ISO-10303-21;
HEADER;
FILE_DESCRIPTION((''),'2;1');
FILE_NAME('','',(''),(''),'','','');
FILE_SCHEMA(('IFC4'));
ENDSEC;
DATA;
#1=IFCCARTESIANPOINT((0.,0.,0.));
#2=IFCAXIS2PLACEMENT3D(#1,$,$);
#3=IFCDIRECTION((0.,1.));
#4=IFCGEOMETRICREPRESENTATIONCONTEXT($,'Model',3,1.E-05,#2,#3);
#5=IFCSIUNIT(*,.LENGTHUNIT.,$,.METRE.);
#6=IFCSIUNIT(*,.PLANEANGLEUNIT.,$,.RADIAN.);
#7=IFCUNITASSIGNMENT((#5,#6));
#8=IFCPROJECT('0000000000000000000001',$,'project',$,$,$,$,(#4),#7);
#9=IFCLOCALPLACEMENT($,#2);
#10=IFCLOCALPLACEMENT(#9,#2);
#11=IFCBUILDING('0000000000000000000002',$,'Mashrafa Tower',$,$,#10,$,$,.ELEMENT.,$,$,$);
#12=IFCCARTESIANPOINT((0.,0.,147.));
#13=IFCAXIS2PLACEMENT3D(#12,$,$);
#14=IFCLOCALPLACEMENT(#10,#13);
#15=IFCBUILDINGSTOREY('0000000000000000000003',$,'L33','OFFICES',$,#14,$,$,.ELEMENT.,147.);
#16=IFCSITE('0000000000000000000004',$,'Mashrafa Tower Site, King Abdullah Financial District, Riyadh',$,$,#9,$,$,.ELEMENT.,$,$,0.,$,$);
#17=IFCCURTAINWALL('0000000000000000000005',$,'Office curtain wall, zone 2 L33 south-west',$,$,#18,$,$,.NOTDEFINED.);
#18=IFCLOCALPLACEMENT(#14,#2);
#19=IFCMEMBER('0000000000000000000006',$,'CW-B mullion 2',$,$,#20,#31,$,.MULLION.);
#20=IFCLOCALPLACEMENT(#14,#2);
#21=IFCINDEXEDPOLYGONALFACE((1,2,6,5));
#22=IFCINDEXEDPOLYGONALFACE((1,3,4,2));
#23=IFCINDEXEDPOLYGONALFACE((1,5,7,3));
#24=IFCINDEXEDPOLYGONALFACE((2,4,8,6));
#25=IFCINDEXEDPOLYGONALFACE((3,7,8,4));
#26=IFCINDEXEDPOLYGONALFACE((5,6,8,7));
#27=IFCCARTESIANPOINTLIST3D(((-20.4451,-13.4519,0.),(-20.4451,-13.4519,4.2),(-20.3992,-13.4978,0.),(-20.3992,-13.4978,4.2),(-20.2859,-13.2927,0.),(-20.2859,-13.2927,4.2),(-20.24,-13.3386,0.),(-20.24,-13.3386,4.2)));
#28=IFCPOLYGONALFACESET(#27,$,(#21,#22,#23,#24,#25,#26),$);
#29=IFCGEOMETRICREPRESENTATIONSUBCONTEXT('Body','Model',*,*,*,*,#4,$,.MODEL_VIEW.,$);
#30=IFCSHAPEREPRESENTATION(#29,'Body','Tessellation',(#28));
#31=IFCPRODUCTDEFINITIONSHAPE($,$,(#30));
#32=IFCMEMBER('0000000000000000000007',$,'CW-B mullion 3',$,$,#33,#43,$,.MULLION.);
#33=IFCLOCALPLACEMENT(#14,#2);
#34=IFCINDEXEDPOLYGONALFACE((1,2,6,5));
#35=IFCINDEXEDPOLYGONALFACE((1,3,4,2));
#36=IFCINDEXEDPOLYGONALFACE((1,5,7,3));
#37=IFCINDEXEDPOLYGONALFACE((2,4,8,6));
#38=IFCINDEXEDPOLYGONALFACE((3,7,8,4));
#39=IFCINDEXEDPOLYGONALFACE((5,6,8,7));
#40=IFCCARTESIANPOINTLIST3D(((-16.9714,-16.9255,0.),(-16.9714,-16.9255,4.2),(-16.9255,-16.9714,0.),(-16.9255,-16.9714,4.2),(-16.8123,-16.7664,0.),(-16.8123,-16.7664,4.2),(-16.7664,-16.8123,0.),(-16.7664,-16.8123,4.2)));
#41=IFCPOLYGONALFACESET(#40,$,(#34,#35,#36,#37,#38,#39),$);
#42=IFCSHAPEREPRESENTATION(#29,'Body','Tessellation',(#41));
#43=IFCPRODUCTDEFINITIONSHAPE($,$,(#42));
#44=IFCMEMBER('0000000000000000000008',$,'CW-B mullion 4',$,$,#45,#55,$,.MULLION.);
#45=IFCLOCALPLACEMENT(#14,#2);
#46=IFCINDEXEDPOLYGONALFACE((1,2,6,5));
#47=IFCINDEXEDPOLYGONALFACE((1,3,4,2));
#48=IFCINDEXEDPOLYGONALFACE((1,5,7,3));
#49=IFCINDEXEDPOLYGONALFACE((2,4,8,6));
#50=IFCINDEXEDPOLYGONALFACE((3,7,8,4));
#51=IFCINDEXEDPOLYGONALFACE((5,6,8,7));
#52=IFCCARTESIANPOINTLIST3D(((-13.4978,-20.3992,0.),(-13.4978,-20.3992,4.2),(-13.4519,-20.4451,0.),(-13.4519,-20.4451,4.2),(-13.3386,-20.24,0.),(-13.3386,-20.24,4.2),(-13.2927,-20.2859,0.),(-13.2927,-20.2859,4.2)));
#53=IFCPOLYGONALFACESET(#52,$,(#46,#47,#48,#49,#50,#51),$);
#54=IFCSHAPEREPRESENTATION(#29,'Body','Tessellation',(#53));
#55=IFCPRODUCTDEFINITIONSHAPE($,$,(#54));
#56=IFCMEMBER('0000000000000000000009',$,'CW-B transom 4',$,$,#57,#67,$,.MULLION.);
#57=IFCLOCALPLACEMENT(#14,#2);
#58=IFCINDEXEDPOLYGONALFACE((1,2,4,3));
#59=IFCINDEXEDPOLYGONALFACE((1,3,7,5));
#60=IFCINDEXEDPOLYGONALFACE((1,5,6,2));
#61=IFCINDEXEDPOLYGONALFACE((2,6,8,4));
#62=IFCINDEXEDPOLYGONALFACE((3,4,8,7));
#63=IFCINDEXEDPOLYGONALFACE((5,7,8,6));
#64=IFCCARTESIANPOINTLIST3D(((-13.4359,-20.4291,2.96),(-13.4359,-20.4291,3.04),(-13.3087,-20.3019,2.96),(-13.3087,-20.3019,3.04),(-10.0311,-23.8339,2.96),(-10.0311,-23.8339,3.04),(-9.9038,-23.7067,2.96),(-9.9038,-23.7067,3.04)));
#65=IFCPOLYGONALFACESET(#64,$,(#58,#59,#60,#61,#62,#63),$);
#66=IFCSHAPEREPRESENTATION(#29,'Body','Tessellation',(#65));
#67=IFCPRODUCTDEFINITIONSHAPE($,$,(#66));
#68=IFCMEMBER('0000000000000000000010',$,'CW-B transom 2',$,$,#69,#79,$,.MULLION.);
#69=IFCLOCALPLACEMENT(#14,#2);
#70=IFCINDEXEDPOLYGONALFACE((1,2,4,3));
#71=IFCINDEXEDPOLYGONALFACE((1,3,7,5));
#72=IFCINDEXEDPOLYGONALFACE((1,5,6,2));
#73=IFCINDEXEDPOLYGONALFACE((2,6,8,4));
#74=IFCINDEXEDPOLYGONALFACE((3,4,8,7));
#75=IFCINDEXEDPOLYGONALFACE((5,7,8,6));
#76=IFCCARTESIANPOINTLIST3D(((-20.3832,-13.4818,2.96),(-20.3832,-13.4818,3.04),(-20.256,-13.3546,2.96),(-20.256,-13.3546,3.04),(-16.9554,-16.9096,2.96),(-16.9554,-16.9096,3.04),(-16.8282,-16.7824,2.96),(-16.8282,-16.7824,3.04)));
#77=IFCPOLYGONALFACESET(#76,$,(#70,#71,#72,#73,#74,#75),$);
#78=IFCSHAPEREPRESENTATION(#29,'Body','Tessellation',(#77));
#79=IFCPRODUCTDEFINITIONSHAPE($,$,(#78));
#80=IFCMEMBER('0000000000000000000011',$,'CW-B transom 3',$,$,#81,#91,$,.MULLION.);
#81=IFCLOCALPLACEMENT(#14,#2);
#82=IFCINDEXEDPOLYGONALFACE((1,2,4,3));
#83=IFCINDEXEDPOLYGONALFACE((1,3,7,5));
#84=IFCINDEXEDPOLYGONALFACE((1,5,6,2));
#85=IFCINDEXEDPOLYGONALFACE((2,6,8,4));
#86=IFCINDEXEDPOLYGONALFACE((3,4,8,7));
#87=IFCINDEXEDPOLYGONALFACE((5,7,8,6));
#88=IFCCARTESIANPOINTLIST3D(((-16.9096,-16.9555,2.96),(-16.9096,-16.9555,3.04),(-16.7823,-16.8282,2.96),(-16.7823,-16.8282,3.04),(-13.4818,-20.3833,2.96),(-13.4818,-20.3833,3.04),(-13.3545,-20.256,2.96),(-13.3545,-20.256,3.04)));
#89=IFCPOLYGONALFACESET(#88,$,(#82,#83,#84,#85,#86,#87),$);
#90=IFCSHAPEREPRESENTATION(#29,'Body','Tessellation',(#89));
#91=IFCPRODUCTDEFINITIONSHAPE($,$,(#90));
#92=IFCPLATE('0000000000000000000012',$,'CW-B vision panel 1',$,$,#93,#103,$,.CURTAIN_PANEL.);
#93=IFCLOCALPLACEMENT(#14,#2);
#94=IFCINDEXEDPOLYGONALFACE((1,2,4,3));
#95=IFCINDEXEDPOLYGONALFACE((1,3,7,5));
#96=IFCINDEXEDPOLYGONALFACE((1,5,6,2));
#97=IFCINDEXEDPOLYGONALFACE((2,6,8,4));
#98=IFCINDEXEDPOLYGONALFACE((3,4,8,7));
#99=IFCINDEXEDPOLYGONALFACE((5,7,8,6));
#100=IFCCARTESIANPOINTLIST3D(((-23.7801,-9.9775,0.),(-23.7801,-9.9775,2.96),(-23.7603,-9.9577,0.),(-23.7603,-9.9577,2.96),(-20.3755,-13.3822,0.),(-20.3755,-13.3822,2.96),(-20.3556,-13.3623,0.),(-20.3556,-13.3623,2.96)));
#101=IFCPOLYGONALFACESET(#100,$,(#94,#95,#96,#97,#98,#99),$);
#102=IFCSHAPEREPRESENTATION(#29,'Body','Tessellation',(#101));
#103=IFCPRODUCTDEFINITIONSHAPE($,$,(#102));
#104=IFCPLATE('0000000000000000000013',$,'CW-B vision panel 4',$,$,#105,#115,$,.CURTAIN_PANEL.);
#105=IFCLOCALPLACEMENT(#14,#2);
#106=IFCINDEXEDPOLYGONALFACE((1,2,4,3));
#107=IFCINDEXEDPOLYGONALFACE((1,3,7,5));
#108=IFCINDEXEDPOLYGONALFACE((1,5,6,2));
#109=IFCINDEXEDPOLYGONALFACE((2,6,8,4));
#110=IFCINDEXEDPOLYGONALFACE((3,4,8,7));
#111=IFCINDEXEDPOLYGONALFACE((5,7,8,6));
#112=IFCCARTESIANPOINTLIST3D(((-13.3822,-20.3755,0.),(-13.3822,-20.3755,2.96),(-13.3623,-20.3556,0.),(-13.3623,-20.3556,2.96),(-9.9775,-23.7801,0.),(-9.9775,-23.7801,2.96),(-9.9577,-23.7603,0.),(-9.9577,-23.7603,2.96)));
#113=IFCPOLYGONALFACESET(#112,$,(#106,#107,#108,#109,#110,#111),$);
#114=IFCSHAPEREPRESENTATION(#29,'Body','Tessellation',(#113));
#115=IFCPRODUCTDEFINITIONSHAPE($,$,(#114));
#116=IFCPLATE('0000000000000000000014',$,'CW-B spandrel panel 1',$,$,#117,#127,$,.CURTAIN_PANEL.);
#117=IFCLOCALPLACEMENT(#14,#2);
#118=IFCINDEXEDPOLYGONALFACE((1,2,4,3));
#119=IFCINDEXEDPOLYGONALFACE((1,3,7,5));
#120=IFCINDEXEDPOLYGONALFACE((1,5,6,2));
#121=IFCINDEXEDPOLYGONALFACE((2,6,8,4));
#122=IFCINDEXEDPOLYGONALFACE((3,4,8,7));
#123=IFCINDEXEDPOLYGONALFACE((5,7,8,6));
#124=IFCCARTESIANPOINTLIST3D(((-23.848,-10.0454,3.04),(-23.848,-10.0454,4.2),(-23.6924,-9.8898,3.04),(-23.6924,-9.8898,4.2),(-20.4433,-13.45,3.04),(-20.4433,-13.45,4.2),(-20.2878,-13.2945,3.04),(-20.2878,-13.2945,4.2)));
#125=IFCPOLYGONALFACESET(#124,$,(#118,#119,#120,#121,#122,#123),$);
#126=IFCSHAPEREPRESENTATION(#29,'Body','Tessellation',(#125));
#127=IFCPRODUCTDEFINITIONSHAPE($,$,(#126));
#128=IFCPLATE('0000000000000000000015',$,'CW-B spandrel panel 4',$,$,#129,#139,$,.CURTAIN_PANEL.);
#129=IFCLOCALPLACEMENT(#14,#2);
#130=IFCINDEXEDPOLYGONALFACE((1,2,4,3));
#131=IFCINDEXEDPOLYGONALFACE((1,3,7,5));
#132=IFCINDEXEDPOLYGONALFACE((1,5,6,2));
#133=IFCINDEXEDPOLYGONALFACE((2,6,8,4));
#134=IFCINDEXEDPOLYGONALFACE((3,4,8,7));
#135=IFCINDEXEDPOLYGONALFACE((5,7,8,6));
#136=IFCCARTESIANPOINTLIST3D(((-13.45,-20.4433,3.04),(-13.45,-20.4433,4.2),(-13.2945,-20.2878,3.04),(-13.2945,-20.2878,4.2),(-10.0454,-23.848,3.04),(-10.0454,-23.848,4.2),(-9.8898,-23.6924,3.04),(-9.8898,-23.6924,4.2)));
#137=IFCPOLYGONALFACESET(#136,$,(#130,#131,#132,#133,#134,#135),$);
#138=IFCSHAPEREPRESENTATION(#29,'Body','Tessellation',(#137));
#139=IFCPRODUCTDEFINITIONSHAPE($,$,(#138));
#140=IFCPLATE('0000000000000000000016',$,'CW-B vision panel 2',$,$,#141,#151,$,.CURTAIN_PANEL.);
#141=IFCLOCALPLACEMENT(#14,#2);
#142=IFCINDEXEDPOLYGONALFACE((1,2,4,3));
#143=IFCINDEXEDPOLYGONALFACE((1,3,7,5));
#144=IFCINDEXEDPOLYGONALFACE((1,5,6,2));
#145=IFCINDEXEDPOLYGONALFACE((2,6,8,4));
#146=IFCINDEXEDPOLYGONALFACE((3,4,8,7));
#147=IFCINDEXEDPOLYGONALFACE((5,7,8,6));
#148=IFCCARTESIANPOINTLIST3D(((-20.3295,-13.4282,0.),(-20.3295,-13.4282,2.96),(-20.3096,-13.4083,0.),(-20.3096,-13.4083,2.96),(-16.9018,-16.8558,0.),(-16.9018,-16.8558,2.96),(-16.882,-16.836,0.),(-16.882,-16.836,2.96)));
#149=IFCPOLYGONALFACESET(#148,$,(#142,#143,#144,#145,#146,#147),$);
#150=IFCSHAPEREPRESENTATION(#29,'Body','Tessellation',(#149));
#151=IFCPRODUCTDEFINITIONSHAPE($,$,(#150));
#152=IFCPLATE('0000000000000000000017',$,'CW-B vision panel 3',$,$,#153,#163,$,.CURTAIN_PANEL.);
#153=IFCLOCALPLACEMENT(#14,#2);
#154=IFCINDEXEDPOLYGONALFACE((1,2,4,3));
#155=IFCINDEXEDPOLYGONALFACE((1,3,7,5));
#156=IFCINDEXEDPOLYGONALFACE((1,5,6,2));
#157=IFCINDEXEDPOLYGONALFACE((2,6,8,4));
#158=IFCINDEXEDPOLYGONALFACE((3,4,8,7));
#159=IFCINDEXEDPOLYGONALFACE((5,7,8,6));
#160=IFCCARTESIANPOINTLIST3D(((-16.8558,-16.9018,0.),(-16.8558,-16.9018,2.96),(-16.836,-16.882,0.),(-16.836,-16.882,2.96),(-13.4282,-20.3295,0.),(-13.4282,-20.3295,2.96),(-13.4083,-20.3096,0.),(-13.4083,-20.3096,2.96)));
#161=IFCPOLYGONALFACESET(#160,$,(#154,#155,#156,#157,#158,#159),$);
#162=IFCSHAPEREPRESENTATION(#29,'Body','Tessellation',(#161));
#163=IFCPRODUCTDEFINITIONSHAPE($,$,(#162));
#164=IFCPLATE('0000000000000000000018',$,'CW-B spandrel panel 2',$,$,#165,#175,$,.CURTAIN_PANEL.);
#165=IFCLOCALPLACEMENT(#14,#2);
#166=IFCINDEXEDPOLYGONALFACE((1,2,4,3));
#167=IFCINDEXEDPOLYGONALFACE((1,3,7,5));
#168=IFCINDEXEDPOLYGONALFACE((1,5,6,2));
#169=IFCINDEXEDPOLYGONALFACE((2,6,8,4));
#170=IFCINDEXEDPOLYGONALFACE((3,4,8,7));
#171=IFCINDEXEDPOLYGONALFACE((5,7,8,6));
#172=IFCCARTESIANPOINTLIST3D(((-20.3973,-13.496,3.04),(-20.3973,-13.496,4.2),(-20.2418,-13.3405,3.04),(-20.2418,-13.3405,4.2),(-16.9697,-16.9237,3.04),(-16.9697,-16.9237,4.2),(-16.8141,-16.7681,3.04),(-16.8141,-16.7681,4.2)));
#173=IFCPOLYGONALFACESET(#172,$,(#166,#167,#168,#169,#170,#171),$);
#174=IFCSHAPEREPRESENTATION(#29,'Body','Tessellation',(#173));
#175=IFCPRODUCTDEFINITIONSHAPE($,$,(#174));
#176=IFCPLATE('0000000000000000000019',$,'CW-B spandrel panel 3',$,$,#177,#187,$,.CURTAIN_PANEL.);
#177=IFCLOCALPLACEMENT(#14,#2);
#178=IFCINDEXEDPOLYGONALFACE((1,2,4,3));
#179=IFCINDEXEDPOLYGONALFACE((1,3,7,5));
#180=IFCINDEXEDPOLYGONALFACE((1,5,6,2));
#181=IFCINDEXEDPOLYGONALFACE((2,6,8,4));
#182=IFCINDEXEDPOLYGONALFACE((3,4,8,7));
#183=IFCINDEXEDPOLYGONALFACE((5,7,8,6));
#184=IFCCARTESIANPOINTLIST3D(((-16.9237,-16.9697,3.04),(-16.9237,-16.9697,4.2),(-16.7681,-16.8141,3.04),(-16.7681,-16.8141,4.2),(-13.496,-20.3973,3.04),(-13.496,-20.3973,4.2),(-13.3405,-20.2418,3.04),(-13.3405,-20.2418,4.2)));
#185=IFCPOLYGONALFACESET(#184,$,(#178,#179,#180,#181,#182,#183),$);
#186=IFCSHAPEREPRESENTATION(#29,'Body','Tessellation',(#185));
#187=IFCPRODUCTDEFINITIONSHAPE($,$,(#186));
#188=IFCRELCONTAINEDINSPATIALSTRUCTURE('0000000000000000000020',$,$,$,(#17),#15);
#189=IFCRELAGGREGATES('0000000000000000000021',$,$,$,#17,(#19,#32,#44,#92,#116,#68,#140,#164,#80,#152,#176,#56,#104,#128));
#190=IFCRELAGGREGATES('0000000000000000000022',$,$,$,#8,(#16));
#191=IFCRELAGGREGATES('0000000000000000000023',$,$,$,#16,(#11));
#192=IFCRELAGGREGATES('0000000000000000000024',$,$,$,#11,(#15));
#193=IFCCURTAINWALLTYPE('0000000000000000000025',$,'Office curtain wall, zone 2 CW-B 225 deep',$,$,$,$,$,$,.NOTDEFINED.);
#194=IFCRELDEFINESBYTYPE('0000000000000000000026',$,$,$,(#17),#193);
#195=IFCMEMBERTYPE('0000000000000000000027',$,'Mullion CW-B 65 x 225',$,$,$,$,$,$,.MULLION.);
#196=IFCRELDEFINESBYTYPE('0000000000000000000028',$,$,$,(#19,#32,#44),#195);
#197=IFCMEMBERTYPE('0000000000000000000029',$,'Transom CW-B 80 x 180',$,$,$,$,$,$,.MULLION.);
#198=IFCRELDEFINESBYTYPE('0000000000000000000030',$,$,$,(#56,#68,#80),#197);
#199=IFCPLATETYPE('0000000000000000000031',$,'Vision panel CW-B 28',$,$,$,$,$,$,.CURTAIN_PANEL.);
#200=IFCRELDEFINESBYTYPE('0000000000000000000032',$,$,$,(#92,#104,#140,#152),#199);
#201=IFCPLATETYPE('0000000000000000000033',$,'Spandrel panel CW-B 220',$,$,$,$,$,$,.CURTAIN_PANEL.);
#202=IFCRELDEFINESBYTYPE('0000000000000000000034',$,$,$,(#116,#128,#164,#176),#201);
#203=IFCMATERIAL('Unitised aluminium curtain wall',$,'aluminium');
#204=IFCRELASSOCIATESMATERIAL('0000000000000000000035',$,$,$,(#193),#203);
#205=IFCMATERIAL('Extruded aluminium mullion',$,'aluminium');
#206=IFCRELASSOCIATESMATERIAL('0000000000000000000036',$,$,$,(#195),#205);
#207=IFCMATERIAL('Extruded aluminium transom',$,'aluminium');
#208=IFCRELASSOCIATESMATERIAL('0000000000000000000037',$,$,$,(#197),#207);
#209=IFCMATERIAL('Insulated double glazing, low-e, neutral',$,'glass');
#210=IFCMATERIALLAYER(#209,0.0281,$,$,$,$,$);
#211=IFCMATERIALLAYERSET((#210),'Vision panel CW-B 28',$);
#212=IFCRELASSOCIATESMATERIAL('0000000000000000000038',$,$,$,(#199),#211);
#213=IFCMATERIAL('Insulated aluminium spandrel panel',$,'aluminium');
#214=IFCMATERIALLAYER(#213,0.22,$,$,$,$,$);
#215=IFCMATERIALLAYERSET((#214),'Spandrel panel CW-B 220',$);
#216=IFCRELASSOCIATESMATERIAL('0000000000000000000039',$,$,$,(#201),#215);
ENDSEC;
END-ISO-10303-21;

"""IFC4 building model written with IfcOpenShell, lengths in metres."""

from ifc_helpers import new_model, si_unit, direction, frame, origin, origin_2d, place, context, subcontext, project, spatial, rectangle, extrude, source, transform, mapped, material, layer, layer_set, material_profile, profile_set, type_object, type_shapes, element, aggregate, save


model = new_model("IFC4")

# Units and contexts
model_context = context("Model", 3, precision=1e-05, world=origin(), true_north=direction((0.0, 1.0)))
body_context = subcontext(model_context, "Body", "Model", "MODEL_VIEW")
ifc_project = project(units=[si_unit("LENGTHUNIT", "METRE"), si_unit("PLANEANGLEUNIT", "RADIAN")], contexts=[model_context])

# Site, building, storey
site_placement = place(None, origin())
site = spatial("IfcSite", under=ifc_project, at=site_placement, Name="Mashrafa Tower Site, King Abdullah Financial District, Riyadh", CompositionType="ELEMENT", RefElevation=0.0)
building_placement = place(site_placement, origin())
building = spatial("IfcBuilding", under=site, at=building_placement, Name="Mashrafa Tower", CompositionType="ELEMENT")
storey_placement = place(building_placement, frame((0.0, 0.0, 147.0)))
storey = spatial("IfcBuildingStorey", under=building, at=storey_placement, Name="L33", Description="OFFICES", CompositionType="ELEMENT", Elevation=147.0)

# Curtain wall, members, plates
ifc_material_1 = material(Name="Unitised aluminium curtain wall", Category="aluminium")
curtain_wall_type = type_object("IfcCurtainWallType", Name="Office curtain wall, zone 2 CW-B 225 deep", PredefinedType="NOTDEFINED", material=ifc_material_1)
curtain_wall_placement = place(storey_placement, origin())
curtain_wall = element("IfcCurtainWall", 1, at=curtain_wall_placement, inside=storey, type_object=curtain_wall_type, Name="Office curtain wall, zone 2 L33 south-west", PredefinedType="NOTDEFINED")
ifc_material_2 = material(Name="Extruded aluminium mullion", Category="aluminium")
ifc_material_profile_1 = material_profile(ifc_material_2, rectangle(XDim=0.2251, YDim=0.0649, at=origin_2d()), Name="Mullion 65x225")
ifc_profile_set_1 = profile_set([ifc_material_profile_1], Name="Extruded aluminium mullion")
member_type_1 = type_object("IfcMemberType", Name="Mullion CW-B 65 x 225", PredefinedType="MULLION", material=ifc_profile_set_1)
shared_shape_1 = source(origin(), body_context, "Body", "SweptSolid", [
    extrude(rectangle(XDim=0.2251, YDim=0.0649, at=origin_2d()), origin(), (0.0, 0.0, 1.0), 4.2),
])
type_shapes(member_type_1, [shared_shape_1])
member_1_placement = place(storey_placement, frame((-20.3425, -13.3953, 0.0), z_axis=(0.0, 0.0, 1.0), x_axis=(0.707107, 0.707107, 0.0)))
member_1 = element("IfcMember", 2, at=member_1_placement, type_object=member_type_1, Name="CW-B mullion 2", PredefinedType="MULLION", context=body_context, shape_type="MappedRepresentation", body=[
    mapped(shared_shape_1, transform((0.0, 0.0, 0.0))),
])
member_2_placement = place(storey_placement, frame((-16.8689, -16.8689, 0.0), z_axis=(0.0, 0.0, 1.0), x_axis=(0.707107, 0.707107, 0.0)))
member_2 = element("IfcMember", 3, at=member_2_placement, type_object=member_type_1, Name="CW-B mullion 3", PredefinedType="MULLION", context=body_context, shape_type="MappedRepresentation", body=[
    mapped(shared_shape_1, transform((0.0, 0.0, 0.0))),
])
member_3_placement = place(storey_placement, frame((-13.3953, -20.3425, 0.0), z_axis=(0.0, 0.0, 1.0), x_axis=(0.707107, 0.707107, 0.0)))
member_3 = element("IfcMember", 4, at=member_3_placement, type_object=member_type_1, Name="CW-B mullion 4", PredefinedType="MULLION", context=body_context, shape_type="MappedRepresentation", body=[
    mapped(shared_shape_1, transform((0.0, 0.0, 0.0))),
])
ifc_material_3 = material(Name="Extruded aluminium transom", Category="aluminium")
ifc_material_profile_2 = material_profile(ifc_material_3, rectangle(XDim=0.1799, YDim=0.0801, at=origin_2d()), Name="Transom 80x180")
ifc_profile_set_2 = profile_set([ifc_material_profile_2], Name="Extruded aluminium transom")
member_type_2 = type_object("IfcMemberType", Name="Transom CW-B 80 x 180", PredefinedType="MULLION", material=ifc_profile_set_2)
shared_shape_2 = source(origin(), body_context, "Body", "SweptSolid", [
    extrude(rectangle(XDim=0.1799, YDim=0.0801, at=origin_2d()), origin(), (0.0, 0.0, 1.0), 4.8152),
])
member_4_placement = place(storey_placement, frame((-13.3723, -20.3655, 3.0), z_axis=(0.707107, -0.707107, 0.0), x_axis=(0.707107, 0.707107, 0.0)))
member_4 = element("IfcMember", 5, at=member_4_placement, type_object=member_type_2, Name="CW-B transom 4", PredefinedType="MULLION", context=body_context, shape_type="MappedRepresentation", body=[
    mapped(shared_shape_2, transform((0.0, 0.0, 0.0))),
])
shared_shape_3 = source(origin(), body_context, "Body", "SweptSolid", [
    extrude(rectangle(XDim=0.1799, YDim=0.0801, at=origin_2d()), origin(), (0.0, 0.0, 1.0), 4.8477),
])
type_shapes(member_type_2, [shared_shape_2, shared_shape_3])
member_5_placement = place(storey_placement, frame((-20.3196, -13.4182, 3.0), z_axis=(0.707107, -0.707107, 0.0), x_axis=(0.707107, 0.707107, 0.0)))
member_5 = element("IfcMember", 6, at=member_5_placement, type_object=member_type_2, Name="CW-B transom 2", PredefinedType="MULLION", context=body_context, shape_type="MappedRepresentation", body=[
    mapped(shared_shape_3, transform((0.0, 0.0, 0.0))),
])
member_6_placement = place(storey_placement, frame((-16.8459, -16.8918, 3.0), z_axis=(0.707107, -0.707107, 0.0), x_axis=(0.707107, 0.707107, 0.0)))
member_6 = element("IfcMember", 7, at=member_6_placement, type_object=member_type_2, Name="CW-B transom 3", PredefinedType="MULLION", context=body_context, shape_type="MappedRepresentation", body=[
    mapped(shared_shape_3, transform((0.0, 0.0, 0.0))),
])
ifc_material_4 = material(Name="Insulated double glazing, low-e, neutral", Category="glass")
ifc_layer_1 = layer(ifc_material_4, 0.0281)
ifc_layer_set_1 = layer_set([ifc_layer_1], Name="Vision panel CW-B 28")
plate_type_1 = type_object("IfcPlateType", Name="Vision panel CW-B 28", PredefinedType="CURTAIN_PANEL", material=ifc_layer_set_1)
shared_shape_4 = source(origin(), body_context, "Body", "SweptSolid", [
    extrude(rectangle(XDim=4.8149, YDim=0.0281, at=origin_2d()), origin(), (0.0, 0.0, 1.0), 2.96),
])
plate_1_placement = place(storey_placement, frame((-22.0679, -11.6699, 0.0), z_axis=(0.0, 0.0, 1.0), x_axis=(0.707107, -0.707107, 0.0)))
plate_1 = element("IfcPlate", 8, at=plate_1_placement, type_object=plate_type_1, Name="CW-B vision panel 1", PredefinedType="CURTAIN_PANEL", context=body_context, shape_type="MappedRepresentation", body=[
    mapped(shared_shape_4, transform((0.0, 0.0, 0.0))),
])
plate_2_placement = place(storey_placement, frame((-11.6699, -22.0679, 0.0), z_axis=(0.0, 0.0, 1.0), x_axis=(0.707107, -0.707107, 0.0)))
plate_2 = element("IfcPlate", 9, at=plate_2_placement, type_object=plate_type_1, Name="CW-B vision panel 4", PredefinedType="CURTAIN_PANEL", context=body_context, shape_type="MappedRepresentation", body=[
    mapped(shared_shape_4, transform((0.0, 0.0, 0.0))),
])
ifc_material_5 = material(Name="Insulated aluminium spandrel panel", Category="aluminium")
ifc_layer_2 = layer(ifc_material_5, 0.22)
ifc_layer_set_2 = layer_set([ifc_layer_2], Name="Spandrel panel CW-B 220")
plate_type_2 = type_object("IfcPlateType", Name="Spandrel panel CW-B 220", PredefinedType="CURTAIN_PANEL", material=ifc_layer_set_2)
shared_shape_5 = source(origin(), body_context, "Body", "SweptSolid", [
    extrude(rectangle(XDim=4.8149, YDim=0.22, at=origin_2d()), origin(), (0.0, 0.0, 1.0), 1.1599),
])
plate_3_placement = place(storey_placement, frame((-22.0679, -11.6699, 3.04), z_axis=(0.0, 0.0, 1.0), x_axis=(0.707107, -0.707107, 0.0)))
plate_3 = element("IfcPlate", 10, at=plate_3_placement, type_object=plate_type_2, Name="CW-B spandrel panel 1", PredefinedType="CURTAIN_PANEL", context=body_context, shape_type="MappedRepresentation", body=[
    mapped(shared_shape_5, transform((0.0, 0.0, 0.0))),
])
plate_4_placement = place(storey_placement, frame((-11.6699, -22.0679, 3.04), z_axis=(0.0, 0.0, 1.0), x_axis=(0.707107, -0.707107, 0.0)))
plate_4 = element("IfcPlate", 11, at=plate_4_placement, type_object=plate_type_2, Name="CW-B spandrel panel 4", PredefinedType="CURTAIN_PANEL", context=body_context, shape_type="MappedRepresentation", body=[
    mapped(shared_shape_5, transform((0.0, 0.0, 0.0))),
])
shared_shape_6 = source(origin(), body_context, "Body", "SweptSolid", [
    extrude(rectangle(XDim=4.8474, YDim=0.0281, at=origin_2d()), origin(), (0.0, 0.0, 1.0), 2.96),
])
type_shapes(plate_type_1, [shared_shape_4, shared_shape_6])
plate_5_placement = place(storey_placement, frame((-18.6057, -15.1321, 0.0), z_axis=(0.0, 0.0, 1.0), x_axis=(0.707107, -0.707107, 0.0)))
plate_5 = element("IfcPlate", 12, at=plate_5_placement, type_object=plate_type_1, Name="CW-B vision panel 2", PredefinedType="CURTAIN_PANEL", context=body_context, shape_type="MappedRepresentation", body=[
    mapped(shared_shape_6, transform((0.0, 0.0, 0.0))),
])
plate_6_placement = place(storey_placement, frame((-15.1321, -18.6057, 0.0), z_axis=(0.0, 0.0, 1.0), x_axis=(0.707107, -0.707107, 0.0)))
plate_6 = element("IfcPlate", 13, at=plate_6_placement, type_object=plate_type_1, Name="CW-B vision panel 3", PredefinedType="CURTAIN_PANEL", context=body_context, shape_type="MappedRepresentation", body=[
    mapped(shared_shape_6, transform((0.0, 0.0, 0.0))),
])
shared_shape_7 = source(origin(), body_context, "Body", "SweptSolid", [
    extrude(rectangle(XDim=4.8474, YDim=0.22, at=origin_2d()), origin(), (0.0, 0.0, 1.0), 1.1599),
])
type_shapes(plate_type_2, [shared_shape_5, shared_shape_7])
plate_7_placement = place(storey_placement, frame((-18.6057, -15.1321, 3.04), z_axis=(0.0, 0.0, 1.0), x_axis=(0.707107, -0.707107, 0.0)))
plate_7 = element("IfcPlate", 14, at=plate_7_placement, type_object=plate_type_2, Name="CW-B spandrel panel 2", PredefinedType="CURTAIN_PANEL", context=body_context, shape_type="MappedRepresentation", body=[
    mapped(shared_shape_7, transform((0.0, 0.0, 0.0))),
])
plate_8_placement = place(storey_placement, frame((-15.1321, -18.6057, 3.04), z_axis=(0.0, 0.0, 1.0), x_axis=(0.707107, -0.707107, 0.0)))
plate_8 = element("IfcPlate", 15, at=plate_8_placement, type_object=plate_type_2, Name="CW-B spandrel panel 3", PredefinedType="CURTAIN_PANEL", context=body_context, shape_type="MappedRepresentation", body=[
    mapped(shared_shape_7, transform((0.0, 0.0, 0.0))),
])
aggregate(curtain_wall, [member_1, member_2, member_3, plate_1, plate_3, member_5, plate_5, plate_7, member_6, plate_6, plate_8, member_4, plate_2, plate_4])

save(model, "model.ifc")
